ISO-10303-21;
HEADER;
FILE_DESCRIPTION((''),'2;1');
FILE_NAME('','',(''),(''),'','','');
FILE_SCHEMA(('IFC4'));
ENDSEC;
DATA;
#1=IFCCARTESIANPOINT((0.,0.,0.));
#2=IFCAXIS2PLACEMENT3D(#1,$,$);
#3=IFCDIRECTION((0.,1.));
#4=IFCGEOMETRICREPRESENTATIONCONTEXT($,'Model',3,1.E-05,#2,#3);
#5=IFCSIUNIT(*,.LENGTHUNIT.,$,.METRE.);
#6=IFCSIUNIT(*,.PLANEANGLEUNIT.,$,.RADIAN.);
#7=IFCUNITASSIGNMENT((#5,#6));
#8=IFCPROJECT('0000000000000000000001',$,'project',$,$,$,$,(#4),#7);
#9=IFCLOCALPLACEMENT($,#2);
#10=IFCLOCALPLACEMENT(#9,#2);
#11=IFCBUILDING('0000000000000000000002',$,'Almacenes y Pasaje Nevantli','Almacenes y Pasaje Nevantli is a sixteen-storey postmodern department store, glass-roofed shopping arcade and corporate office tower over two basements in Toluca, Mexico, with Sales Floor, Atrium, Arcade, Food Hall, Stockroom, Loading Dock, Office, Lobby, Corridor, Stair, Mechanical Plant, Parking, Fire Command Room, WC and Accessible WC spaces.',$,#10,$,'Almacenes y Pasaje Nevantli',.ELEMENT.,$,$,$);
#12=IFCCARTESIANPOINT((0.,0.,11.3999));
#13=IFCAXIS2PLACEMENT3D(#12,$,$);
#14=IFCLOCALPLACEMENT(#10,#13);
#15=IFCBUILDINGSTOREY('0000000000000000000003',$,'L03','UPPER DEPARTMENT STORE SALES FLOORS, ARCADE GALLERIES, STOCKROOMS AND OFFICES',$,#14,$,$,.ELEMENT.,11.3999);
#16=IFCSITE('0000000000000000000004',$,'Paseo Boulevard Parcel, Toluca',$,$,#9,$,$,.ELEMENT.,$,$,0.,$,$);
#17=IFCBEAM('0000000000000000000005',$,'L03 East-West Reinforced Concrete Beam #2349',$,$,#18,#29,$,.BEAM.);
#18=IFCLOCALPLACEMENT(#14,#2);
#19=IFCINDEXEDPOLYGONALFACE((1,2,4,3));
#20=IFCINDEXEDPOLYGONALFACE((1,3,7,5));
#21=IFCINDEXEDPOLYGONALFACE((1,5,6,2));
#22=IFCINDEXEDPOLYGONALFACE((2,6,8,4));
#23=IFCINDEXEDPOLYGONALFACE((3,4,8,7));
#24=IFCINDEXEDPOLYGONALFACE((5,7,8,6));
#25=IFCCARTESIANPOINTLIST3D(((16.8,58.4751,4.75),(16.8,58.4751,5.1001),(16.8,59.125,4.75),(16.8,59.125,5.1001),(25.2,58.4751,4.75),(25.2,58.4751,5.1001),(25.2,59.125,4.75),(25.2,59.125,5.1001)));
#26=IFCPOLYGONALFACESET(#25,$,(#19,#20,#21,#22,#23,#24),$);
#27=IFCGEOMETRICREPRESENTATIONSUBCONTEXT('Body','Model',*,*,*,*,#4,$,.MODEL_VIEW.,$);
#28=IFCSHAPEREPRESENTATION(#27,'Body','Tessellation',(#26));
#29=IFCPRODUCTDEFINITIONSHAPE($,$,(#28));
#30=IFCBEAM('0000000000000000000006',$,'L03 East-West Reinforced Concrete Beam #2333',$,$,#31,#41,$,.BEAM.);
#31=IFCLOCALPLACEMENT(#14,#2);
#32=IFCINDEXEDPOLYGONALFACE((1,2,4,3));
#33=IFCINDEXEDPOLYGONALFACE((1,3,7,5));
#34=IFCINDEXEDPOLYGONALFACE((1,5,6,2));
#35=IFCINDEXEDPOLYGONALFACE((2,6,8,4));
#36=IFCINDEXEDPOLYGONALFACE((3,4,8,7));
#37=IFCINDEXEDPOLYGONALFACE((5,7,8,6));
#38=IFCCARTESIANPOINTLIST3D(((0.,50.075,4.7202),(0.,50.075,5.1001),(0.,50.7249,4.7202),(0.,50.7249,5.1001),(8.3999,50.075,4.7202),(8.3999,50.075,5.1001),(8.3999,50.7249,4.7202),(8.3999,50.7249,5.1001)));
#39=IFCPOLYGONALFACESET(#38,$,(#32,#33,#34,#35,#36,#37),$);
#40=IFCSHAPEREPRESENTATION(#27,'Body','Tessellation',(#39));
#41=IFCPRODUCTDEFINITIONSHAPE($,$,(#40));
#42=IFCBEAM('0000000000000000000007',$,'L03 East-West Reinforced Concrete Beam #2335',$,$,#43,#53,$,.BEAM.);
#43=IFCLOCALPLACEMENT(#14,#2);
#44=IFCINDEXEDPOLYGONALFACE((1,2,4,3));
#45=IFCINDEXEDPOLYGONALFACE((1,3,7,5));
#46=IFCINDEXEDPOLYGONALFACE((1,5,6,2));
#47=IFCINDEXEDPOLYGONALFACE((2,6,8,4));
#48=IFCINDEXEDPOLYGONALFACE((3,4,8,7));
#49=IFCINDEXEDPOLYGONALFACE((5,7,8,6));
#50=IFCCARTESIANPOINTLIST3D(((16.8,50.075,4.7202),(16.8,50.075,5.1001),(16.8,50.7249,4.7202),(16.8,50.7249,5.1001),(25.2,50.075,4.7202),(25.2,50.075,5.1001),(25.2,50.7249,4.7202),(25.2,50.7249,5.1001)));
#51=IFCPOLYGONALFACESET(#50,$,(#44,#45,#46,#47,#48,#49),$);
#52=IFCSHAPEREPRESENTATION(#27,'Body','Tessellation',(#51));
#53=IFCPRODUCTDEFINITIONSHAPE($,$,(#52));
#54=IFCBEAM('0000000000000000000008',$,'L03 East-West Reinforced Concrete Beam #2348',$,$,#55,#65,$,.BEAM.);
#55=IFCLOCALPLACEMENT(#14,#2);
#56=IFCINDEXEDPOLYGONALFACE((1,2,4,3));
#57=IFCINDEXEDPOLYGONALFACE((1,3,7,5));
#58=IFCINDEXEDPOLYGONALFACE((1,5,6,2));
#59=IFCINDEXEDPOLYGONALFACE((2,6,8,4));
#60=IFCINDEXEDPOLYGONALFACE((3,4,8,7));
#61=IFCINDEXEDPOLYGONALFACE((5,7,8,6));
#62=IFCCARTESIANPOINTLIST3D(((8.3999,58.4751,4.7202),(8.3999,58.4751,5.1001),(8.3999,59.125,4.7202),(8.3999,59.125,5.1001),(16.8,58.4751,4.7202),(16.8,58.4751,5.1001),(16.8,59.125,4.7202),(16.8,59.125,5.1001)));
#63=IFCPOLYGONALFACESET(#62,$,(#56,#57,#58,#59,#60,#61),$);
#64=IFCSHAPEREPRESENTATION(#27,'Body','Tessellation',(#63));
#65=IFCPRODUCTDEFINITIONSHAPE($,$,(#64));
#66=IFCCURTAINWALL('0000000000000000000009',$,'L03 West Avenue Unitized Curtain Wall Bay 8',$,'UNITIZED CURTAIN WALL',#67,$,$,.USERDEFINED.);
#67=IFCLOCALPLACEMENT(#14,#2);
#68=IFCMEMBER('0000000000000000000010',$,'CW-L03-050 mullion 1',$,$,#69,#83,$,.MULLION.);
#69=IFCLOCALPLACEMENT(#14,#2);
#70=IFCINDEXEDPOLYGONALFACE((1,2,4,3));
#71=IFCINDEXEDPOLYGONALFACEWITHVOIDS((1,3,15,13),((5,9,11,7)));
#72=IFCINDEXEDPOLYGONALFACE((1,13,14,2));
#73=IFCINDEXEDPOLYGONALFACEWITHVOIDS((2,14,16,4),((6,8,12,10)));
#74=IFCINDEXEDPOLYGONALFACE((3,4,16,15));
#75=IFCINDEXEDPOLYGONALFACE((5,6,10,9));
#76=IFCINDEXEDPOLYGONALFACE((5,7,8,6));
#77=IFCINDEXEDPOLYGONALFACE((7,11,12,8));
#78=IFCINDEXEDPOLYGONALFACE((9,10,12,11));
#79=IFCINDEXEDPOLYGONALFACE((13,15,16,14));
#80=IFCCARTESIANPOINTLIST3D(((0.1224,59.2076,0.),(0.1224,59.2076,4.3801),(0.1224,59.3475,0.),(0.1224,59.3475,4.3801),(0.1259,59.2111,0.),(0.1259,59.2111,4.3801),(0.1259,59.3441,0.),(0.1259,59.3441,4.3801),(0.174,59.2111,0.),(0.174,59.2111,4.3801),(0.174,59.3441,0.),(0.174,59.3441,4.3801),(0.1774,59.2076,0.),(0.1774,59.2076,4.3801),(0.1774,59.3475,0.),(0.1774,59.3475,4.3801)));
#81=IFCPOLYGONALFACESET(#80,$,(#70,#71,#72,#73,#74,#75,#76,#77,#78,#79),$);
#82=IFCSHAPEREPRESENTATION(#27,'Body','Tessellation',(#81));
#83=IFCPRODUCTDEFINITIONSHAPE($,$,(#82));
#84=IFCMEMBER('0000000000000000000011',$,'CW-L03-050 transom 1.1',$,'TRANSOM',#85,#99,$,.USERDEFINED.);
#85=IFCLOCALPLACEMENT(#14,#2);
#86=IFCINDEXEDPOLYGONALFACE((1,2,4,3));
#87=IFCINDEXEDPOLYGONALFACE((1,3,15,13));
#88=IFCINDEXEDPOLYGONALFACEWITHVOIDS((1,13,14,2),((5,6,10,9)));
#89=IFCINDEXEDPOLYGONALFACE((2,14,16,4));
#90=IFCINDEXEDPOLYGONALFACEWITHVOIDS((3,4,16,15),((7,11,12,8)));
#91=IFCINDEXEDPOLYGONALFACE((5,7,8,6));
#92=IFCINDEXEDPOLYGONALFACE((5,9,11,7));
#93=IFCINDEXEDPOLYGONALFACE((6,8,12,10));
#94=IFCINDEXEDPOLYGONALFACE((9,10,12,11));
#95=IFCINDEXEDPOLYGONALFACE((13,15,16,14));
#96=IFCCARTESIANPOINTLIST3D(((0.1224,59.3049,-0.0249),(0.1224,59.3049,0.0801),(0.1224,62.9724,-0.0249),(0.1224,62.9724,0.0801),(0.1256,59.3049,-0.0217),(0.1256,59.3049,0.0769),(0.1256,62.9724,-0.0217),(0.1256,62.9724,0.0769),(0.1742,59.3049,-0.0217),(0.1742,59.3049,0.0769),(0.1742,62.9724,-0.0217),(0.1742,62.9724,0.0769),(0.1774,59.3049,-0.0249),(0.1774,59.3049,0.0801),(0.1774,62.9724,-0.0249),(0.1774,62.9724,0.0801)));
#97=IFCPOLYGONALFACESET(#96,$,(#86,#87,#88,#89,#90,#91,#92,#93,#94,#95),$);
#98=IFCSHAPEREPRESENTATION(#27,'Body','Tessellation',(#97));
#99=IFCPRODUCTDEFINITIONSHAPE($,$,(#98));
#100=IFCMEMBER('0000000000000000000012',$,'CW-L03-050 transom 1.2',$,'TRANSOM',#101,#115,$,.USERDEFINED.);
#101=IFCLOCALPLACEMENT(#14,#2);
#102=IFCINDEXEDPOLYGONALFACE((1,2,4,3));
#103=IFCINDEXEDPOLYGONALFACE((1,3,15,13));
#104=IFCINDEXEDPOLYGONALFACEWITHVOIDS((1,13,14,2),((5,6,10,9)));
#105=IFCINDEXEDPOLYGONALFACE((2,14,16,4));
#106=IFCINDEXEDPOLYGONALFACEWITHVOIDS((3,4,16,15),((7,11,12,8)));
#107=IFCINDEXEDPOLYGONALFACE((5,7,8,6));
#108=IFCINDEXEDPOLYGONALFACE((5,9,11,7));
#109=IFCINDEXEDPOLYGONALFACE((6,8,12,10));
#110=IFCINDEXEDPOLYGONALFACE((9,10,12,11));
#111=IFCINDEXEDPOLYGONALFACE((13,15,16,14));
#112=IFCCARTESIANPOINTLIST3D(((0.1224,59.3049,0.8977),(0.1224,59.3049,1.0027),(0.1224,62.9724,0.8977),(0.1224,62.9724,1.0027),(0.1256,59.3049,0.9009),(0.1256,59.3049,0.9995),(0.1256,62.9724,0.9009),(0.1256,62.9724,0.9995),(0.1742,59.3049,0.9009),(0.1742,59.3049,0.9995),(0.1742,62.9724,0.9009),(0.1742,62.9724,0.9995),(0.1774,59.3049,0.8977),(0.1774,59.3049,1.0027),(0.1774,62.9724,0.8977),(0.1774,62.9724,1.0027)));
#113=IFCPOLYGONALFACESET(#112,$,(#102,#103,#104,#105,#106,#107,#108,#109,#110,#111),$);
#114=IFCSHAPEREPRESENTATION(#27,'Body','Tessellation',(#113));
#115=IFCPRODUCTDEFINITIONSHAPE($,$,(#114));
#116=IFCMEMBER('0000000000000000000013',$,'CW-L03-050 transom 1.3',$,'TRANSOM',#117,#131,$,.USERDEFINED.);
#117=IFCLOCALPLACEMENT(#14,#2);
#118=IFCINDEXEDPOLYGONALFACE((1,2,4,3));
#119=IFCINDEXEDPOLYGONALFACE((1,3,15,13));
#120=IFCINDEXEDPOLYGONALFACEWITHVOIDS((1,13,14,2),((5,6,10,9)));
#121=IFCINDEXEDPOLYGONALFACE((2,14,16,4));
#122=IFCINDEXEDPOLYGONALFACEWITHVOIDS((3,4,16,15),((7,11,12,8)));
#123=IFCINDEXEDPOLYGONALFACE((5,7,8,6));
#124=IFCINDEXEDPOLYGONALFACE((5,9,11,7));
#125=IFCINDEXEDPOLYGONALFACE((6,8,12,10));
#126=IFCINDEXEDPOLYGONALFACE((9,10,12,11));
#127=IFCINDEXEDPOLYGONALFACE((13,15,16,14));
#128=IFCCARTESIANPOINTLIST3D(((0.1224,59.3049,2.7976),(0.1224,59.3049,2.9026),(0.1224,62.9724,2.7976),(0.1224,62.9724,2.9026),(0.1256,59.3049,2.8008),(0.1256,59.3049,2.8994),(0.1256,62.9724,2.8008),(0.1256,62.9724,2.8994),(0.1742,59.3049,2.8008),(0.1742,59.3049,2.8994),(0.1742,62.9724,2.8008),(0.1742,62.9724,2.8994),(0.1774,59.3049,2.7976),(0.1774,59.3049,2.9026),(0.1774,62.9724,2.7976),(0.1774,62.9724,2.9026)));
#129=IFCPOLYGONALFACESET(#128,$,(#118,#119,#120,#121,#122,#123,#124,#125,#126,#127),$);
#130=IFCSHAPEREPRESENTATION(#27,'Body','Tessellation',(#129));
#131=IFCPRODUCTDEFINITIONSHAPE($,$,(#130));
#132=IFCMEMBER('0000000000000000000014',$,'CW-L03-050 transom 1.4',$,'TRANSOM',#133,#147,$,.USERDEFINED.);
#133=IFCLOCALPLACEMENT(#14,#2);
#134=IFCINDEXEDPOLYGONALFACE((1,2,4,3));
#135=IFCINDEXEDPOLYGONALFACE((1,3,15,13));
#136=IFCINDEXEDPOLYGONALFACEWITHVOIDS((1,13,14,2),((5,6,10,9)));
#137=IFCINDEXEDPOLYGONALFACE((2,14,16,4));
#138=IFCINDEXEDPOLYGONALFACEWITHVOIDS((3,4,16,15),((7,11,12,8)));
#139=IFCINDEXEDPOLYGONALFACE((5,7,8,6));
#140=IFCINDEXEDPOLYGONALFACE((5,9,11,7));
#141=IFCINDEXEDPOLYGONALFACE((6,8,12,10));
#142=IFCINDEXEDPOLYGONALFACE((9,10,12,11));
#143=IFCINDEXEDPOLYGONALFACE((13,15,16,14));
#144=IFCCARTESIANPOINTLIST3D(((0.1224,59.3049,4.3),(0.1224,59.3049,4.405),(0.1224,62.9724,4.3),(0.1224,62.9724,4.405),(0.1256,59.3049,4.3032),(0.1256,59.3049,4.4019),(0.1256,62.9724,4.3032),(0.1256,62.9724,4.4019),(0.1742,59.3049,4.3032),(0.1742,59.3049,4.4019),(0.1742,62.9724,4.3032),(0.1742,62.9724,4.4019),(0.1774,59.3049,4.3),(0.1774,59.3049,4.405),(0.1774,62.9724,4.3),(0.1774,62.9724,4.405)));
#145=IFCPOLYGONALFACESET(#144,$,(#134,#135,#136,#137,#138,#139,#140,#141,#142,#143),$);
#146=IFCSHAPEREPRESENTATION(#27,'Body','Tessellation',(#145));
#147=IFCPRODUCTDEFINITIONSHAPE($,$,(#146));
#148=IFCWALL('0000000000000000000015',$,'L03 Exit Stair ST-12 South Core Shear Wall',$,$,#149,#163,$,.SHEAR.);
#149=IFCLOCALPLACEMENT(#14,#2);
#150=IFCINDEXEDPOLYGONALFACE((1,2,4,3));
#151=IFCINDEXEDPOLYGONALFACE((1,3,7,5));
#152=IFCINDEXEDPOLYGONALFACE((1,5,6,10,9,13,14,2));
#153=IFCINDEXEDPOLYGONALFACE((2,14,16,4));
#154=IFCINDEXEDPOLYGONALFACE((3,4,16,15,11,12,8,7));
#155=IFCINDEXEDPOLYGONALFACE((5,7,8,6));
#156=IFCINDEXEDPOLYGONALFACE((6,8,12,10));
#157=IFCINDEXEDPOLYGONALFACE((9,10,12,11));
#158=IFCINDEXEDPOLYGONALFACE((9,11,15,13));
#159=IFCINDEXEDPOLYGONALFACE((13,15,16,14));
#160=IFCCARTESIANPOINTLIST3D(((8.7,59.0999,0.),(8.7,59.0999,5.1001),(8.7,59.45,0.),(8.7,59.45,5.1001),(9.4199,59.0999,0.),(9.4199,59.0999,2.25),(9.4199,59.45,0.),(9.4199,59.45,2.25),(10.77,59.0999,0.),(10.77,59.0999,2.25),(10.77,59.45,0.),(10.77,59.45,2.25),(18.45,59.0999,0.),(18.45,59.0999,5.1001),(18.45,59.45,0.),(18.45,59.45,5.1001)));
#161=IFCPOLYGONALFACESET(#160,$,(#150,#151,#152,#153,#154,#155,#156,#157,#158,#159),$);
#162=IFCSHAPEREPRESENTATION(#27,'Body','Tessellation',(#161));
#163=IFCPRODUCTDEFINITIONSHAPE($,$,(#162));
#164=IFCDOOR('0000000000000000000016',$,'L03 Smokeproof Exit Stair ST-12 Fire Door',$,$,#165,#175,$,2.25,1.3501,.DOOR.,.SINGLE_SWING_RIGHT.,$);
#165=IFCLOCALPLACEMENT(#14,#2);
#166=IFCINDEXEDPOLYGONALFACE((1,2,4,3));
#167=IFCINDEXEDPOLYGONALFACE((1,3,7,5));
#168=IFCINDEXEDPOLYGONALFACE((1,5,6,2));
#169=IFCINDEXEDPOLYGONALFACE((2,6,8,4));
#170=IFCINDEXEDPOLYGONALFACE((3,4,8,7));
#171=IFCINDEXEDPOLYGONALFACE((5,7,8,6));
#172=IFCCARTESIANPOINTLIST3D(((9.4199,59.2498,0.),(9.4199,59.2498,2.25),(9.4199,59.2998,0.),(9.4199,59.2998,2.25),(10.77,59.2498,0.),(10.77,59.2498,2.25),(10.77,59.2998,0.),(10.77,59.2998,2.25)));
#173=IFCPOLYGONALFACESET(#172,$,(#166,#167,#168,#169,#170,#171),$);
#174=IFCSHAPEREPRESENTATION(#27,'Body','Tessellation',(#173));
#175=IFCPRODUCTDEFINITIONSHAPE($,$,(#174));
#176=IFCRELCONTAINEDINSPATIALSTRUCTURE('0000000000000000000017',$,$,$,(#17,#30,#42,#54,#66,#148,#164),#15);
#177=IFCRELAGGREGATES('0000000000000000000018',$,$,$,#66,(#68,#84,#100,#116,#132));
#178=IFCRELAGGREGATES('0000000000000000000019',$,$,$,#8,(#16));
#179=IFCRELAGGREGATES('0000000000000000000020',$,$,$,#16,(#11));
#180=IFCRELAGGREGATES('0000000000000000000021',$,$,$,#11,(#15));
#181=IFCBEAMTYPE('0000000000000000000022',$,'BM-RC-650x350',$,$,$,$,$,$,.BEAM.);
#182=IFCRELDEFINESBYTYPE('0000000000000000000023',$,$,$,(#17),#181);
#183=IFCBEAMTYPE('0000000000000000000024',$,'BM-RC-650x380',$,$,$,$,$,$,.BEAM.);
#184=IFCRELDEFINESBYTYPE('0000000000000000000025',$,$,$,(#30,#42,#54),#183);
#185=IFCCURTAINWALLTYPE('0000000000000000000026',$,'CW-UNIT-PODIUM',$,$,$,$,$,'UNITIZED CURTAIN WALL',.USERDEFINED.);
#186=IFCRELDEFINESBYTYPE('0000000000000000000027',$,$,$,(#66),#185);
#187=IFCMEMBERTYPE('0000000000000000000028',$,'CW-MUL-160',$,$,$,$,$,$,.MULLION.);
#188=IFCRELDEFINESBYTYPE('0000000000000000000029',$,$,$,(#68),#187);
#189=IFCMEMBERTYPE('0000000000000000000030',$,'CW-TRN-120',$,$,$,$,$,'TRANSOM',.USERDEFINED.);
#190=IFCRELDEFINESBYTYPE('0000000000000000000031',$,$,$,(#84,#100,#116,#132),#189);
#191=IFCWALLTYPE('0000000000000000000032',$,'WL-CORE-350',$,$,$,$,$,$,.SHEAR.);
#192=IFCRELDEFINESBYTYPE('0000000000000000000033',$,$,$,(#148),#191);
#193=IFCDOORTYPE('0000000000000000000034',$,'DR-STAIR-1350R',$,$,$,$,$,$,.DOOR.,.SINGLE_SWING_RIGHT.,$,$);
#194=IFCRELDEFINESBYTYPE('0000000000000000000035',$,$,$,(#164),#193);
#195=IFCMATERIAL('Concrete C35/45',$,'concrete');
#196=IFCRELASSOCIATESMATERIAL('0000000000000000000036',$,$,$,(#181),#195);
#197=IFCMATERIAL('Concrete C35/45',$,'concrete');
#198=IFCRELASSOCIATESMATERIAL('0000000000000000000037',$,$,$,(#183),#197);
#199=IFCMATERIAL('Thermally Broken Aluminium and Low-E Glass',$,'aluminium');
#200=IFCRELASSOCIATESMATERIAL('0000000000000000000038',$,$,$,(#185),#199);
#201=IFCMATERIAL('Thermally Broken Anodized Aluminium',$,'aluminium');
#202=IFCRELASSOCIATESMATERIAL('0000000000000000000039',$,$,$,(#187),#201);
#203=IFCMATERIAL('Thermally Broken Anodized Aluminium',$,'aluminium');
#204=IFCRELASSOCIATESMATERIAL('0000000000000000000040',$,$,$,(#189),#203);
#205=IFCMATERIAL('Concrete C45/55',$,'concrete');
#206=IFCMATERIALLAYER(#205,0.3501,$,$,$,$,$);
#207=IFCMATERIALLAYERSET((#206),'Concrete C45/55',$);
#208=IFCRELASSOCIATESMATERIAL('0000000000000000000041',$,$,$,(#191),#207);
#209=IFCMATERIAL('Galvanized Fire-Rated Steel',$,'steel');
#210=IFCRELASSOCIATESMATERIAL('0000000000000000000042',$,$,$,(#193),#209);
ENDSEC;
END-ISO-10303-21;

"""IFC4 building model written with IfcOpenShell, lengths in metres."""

from ifc_helpers import new_model, si_unit, direction, frame, frame_2d, origin, origin_2d, place, context, subcontext, project, spatial, rectangle, hollow_rectangle, extrude, material, layer, layer_set, material_profile, profile_set, type_object, element, fill, aggregate, save


model = new_model("IFC4")

# Units and contexts
model_context = context("Model", 3, precision=1e-05, world=origin(), true_north=direction((0.0, 1.0)))
body_context = subcontext(model_context, "Body", "Model", "MODEL_VIEW")
ifc_project = project(units=[si_unit("LENGTHUNIT", "METRE"), si_unit("PLANEANGLEUNIT", "RADIAN")], contexts=[model_context])

# Site, building, storey
site_placement = place(None, origin())
site = spatial("IfcSite", under=ifc_project, at=site_placement, Name="Paseo Boulevard Parcel, Toluca", CompositionType="ELEMENT", RefElevation=0.0)
building_placement = place(site_placement, origin())
building = spatial("IfcBuilding", under=site, at=building_placement, Name="Almacenes y Pasaje Nevantli", Description="Almacenes y Pasaje Nevantli is a sixteen-storey postmodern department store, glass-roofed shopping arcade and corporate office tower over two basements in Toluca, Mexico, with Sales Floor, Atrium, Arcade, Food Hall, Stockroom, Loading Dock, Office, Lobby, Corridor, Stair, Mechanical Plant, Parking, Fire Command Room, WC and Accessible WC spaces.", LongName="Almacenes y Pasaje Nevantli", CompositionType="ELEMENT")
storey_placement = place(building_placement, frame((0.0, 0.0, 11.3999)))
storey = spatial("IfcBuildingStorey", under=building, at=storey_placement, Name="L03", Description="UPPER DEPARTMENT STORE SALES FLOORS, ARCADE GALLERIES, STOCKROOMS AND OFFICES", CompositionType="ELEMENT", Elevation=11.3999)

# Beams
ifc_material_1 = material(Name="Concrete C35/45", Category="concrete")
ifc_material_profile_1 = material_profile(ifc_material_1, rectangle(XDim=0.6499, YDim=0.3501, at=origin_2d()), Name="RC-BM-650x350")
ifc_profile_set_1 = profile_set([ifc_material_profile_1], Name="Concrete C35/45")
beam_type_1 = type_object("IfcBeamType", Name="BM-RC-650x350", PredefinedType="BEAM", material=ifc_profile_set_1)
for number, where, z_axis, x_axis, name in (
    (1, (16.8, 58.8, 4.925), (1.0, 0.0, 0.0), (0.0, 1.0, 0.0), "L03 East-West Reinforced Concrete Beam #2349"),
):
    element("IfcBeam", number, at=place(storey_placement, frame(where, z_axis=z_axis, x_axis=x_axis)), inside=storey, type_object=beam_type_1, Name=name, PredefinedType="BEAM", context=body_context, shape_type="SweptSolid", body=[
        extrude(rectangle(XDim=0.6499, YDim=0.3501, at=origin_2d()), origin(), (0.0, 0.0, 1.0), 8.3999),
    ])
ifc_material_2 = material(Name="Concrete C35/45", Category="concrete")
ifc_material_profile_2 = material_profile(ifc_material_2, rectangle(XDim=0.6499, YDim=0.3799, at=origin_2d()), Name="RC-BM-650x380")
ifc_profile_set_2 = profile_set([ifc_material_profile_2], Name="Concrete C35/45")
beam_type_2 = type_object("IfcBeamType", Name="BM-RC-650x380", PredefinedType="BEAM", material=ifc_profile_set_2)
for number, where, z_axis, x_axis, name in (
    (2, (0.0, 50.3999, 4.9102), (1.0, 0.0, 0.0), (0.0, 1.0, 0.0), "L03 East-West Reinforced Concrete Beam #2333"),
    (3, (16.8, 50.3999, 4.9102), (1.0, 0.0, 0.0), (0.0, 1.0, 0.0), "L03 East-West Reinforced Concrete Beam #2335"),
):
    element("IfcBeam", number, at=place(storey_placement, frame(where, z_axis=z_axis, x_axis=x_axis)), inside=storey, type_object=beam_type_2, Name=name, PredefinedType="BEAM", context=body_context, shape_type="SweptSolid", body=[
        extrude(rectangle(XDim=0.6499, YDim=0.3799, at=origin_2d()), origin(), (0.0, 0.0, 1.0), 8.3999),
    ])
beam_1_placement = place(storey_placement, frame((8.3999, 58.8, 4.9102), z_axis=(1.0, 0.0, 0.0), x_axis=(0.0, 1.0, 0.0)))
element("IfcBeam", 4, at=beam_1_placement, inside=storey, type_object=beam_type_2, Name="L03 East-West Reinforced Concrete Beam #2348", PredefinedType="BEAM", context=body_context, shape_type="SweptSolid", body=[
    extrude(rectangle(XDim=0.6499, YDim=0.3799, at=origin_2d()), origin(), (0.0, 0.0, 1.0), 8.4001),
])

# Curtain wall, members
ifc_material_3 = material(Name="Thermally Broken Aluminium and Low-E Glass", Category="aluminium")
curtain_wall_type = type_object("IfcCurtainWallType", Name="CW-UNIT-PODIUM", ElementType="UNITIZED CURTAIN WALL", PredefinedType="USERDEFINED", material=ifc_material_3)
curtain_wall_placement = place(storey_placement, origin())
curtain_wall = element("IfcCurtainWall", 5, at=curtain_wall_placement, inside=storey, type_object=curtain_wall_type, Name="L03 West Avenue Unitized Curtain Wall Bay 8", ObjectType="UNITIZED CURTAIN WALL", PredefinedType="USERDEFINED")
ifc_material_4 = material(Name="Thermally Broken Anodized Aluminium", Category="aluminium")
ifc_material_profile_3 = material_profile(ifc_material_4, hollow_rectangle(XDim=0.0549, YDim=0.1399, WallThickness=0.0034, at=origin_2d()), Name="ALU-MUL-55x140")
ifc_profile_set_3 = profile_set([ifc_material_profile_3], Name="Thermally Broken Anodized Aluminium")
member_type_1 = type_object("IfcMemberType", Name="CW-MUL-160", PredefinedType="MULLION", material=ifc_profile_set_3)
member_1_placement = place(storey_placement, frame((0.1499, 59.2776, 0.0), z_axis=(0.0, 0.0, 1.0), x_axis=(-1.0, 0.0, 0.0)))
member_1 = element("IfcMember", 6, at=member_1_placement, type_object=member_type_1, Name="CW-L03-050 mullion 1", PredefinedType="MULLION", context=body_context, shape_type="SweptSolid", body=[
    extrude(hollow_rectangle(XDim=0.0549, YDim=0.1399, WallThickness=0.0034, at=origin_2d()), origin(), (0.0, 0.0, 1.0), 4.3801),
])
ifc_material_5 = material(Name="Thermally Broken Anodized Aluminium", Category="aluminium")
ifc_material_profile_4 = material_profile(ifc_material_5, hollow_rectangle(XDim=0.0549, YDim=0.105, WallThickness=0.0032, at=origin_2d()), Name="ALU-TRN-55x105")
ifc_profile_set_4 = profile_set([ifc_material_profile_4], Name="Thermally Broken Anodized Aluminium")
member_type_2 = type_object("IfcMemberType", Name="CW-TRN-120", ElementType="TRANSOM", PredefinedType="USERDEFINED", material=ifc_profile_set_4)
member_2_placement = place(storey_placement, frame((0.1499, 59.3049, 0.0276), z_axis=(0.0, 1.0, 0.0), x_axis=(-1.0, 0.0, 0.0)))
member_2 = element("IfcMember", 7, at=member_2_placement, type_object=member_type_2, Name="CW-L03-050 transom 1.1", ObjectType="TRANSOM", PredefinedType="USERDEFINED", context=body_context, shape_type="SweptSolid", body=[
    extrude(hollow_rectangle(XDim=0.0549, YDim=0.105, WallThickness=0.0032, at=origin_2d()), origin(), (0.0, 0.0, 1.0), 3.6675),
])
member_3_placement = place(storey_placement, frame((0.1499, 59.3049, 0.9502), z_axis=(0.0, 1.0, 0.0), x_axis=(-1.0, 0.0, 0.0)))
member_3 = element("IfcMember", 8, at=member_3_placement, type_object=member_type_2, Name="CW-L03-050 transom 1.2", ObjectType="TRANSOM", PredefinedType="USERDEFINED", context=body_context, shape_type="SweptSolid", body=[
    extrude(hollow_rectangle(XDim=0.0549, YDim=0.105, WallThickness=0.0032, at=origin_2d()), origin(), (0.0, 0.0, 1.0), 3.6675),
])
member_4_placement = place(storey_placement, frame((0.1499, 59.3049, 2.8501), z_axis=(0.0, 1.0, 0.0), x_axis=(-1.0, 0.0, 0.0)))
member_4 = element("IfcMember", 9, at=member_4_placement, type_object=member_type_2, Name="CW-L03-050 transom 1.3", ObjectType="TRANSOM", PredefinedType="USERDEFINED", context=body_context, shape_type="SweptSolid", body=[
    extrude(hollow_rectangle(XDim=0.0549, YDim=0.105, WallThickness=0.0032, at=origin_2d()), origin(), (0.0, 0.0, 1.0), 3.6675),
])
member_5_placement = place(storey_placement, frame((0.1499, 59.3049, 4.3525), z_axis=(0.0, 1.0, 0.0), x_axis=(-1.0, 0.0, 0.0)))
member_5 = element("IfcMember", 10, at=member_5_placement, type_object=member_type_2, Name="CW-L03-050 transom 1.4", ObjectType="TRANSOM", PredefinedType="USERDEFINED", context=body_context, shape_type="SweptSolid", body=[
    extrude(hollow_rectangle(XDim=0.0549, YDim=0.105, WallThickness=0.0032, at=origin_2d()), origin(), (0.0, 0.0, 1.0), 3.6675),
])
aggregate(curtain_wall, [member_1, member_2, member_3, member_4, member_5])

# Wall, opening, door
ifc_material_6 = material(Name="Concrete C45/55", Category="concrete")
ifc_layer_1 = layer(ifc_material_6, 0.3501)
ifc_layer_set_1 = layer_set([ifc_layer_1], Name="Concrete C45/55")
wall_type_1 = type_object("IfcWallType", Name="WL-CORE-350", PredefinedType="SHEAR", material=ifc_layer_set_1)
wall_1_placement = place(storey_placement, frame((8.7, 59.2749, 0.0), z_axis=(0.0, 0.0, 1.0), x_axis=(1.0, 0.0, 0.0)))
wall_1 = element("IfcWall", 11, at=wall_1_placement, inside=storey, type_object=wall_type_1, Name="L03 Exit Stair ST-12 South Core Shear Wall", PredefinedType="SHEAR", context=body_context, shape_type="SweptSolid", body=[
    extrude(rectangle(XDim=9.75, YDim=0.3501, at=frame_2d((4.875, 0.0))), origin(), (0.0, 0.0, 1.0), 5.1001),
])
opening_1_placement = place(wall_1_placement, frame((0.72, 0.0, 0.0)))
opening_1 = element("IfcOpeningElement", 12, at=opening_1_placement, cuts=wall_1, PredefinedType="OPENING", context=body_context, shape_type="SweptSolid", body=[
    extrude(rectangle(XDim=1.3501, YDim=2.25, at=frame_2d((0.675, 1.125))), frame((0.0, 0.1851, 0.0), z_axis=(0.0, -1.0, 0.0), x_axis=(1.0, 0.0, 0.0)), (0.0, 0.0, 1.0), 0.3701),
])
ifc_material_7 = material(Name="Galvanized Fire-Rated Steel", Category="steel")
door_type = type_object("IfcDoorType", Name="DR-STAIR-1350R", OperationType="SINGLE_SWING_RIGHT", PredefinedType="DOOR", material=ifc_material_7)
door_placement = place(opening_1_placement, origin())
door = element("IfcDoor", 13, at=door_placement, inside=storey, type_object=door_type, Name="L03 Smokeproof Exit Stair ST-12 Fire Door", OperationType="SINGLE_SWING_RIGHT", OverallHeight=2.25, OverallWidth=1.3501, PredefinedType="DOOR", context=body_context, shape_type="SweptSolid", body=[
    extrude(rectangle(XDim=1.3501, YDim=2.25, at=frame_2d((0.675, 1.125))), frame((0.0, 0.0249, 0.0), z_axis=(0.0, -1.0, 0.0), x_axis=(1.0, 0.0, 0.0)), (0.0, 0.0, 1.0), 0.05),
])
fill(opening_1, door)

save(model, "model.ifc")
